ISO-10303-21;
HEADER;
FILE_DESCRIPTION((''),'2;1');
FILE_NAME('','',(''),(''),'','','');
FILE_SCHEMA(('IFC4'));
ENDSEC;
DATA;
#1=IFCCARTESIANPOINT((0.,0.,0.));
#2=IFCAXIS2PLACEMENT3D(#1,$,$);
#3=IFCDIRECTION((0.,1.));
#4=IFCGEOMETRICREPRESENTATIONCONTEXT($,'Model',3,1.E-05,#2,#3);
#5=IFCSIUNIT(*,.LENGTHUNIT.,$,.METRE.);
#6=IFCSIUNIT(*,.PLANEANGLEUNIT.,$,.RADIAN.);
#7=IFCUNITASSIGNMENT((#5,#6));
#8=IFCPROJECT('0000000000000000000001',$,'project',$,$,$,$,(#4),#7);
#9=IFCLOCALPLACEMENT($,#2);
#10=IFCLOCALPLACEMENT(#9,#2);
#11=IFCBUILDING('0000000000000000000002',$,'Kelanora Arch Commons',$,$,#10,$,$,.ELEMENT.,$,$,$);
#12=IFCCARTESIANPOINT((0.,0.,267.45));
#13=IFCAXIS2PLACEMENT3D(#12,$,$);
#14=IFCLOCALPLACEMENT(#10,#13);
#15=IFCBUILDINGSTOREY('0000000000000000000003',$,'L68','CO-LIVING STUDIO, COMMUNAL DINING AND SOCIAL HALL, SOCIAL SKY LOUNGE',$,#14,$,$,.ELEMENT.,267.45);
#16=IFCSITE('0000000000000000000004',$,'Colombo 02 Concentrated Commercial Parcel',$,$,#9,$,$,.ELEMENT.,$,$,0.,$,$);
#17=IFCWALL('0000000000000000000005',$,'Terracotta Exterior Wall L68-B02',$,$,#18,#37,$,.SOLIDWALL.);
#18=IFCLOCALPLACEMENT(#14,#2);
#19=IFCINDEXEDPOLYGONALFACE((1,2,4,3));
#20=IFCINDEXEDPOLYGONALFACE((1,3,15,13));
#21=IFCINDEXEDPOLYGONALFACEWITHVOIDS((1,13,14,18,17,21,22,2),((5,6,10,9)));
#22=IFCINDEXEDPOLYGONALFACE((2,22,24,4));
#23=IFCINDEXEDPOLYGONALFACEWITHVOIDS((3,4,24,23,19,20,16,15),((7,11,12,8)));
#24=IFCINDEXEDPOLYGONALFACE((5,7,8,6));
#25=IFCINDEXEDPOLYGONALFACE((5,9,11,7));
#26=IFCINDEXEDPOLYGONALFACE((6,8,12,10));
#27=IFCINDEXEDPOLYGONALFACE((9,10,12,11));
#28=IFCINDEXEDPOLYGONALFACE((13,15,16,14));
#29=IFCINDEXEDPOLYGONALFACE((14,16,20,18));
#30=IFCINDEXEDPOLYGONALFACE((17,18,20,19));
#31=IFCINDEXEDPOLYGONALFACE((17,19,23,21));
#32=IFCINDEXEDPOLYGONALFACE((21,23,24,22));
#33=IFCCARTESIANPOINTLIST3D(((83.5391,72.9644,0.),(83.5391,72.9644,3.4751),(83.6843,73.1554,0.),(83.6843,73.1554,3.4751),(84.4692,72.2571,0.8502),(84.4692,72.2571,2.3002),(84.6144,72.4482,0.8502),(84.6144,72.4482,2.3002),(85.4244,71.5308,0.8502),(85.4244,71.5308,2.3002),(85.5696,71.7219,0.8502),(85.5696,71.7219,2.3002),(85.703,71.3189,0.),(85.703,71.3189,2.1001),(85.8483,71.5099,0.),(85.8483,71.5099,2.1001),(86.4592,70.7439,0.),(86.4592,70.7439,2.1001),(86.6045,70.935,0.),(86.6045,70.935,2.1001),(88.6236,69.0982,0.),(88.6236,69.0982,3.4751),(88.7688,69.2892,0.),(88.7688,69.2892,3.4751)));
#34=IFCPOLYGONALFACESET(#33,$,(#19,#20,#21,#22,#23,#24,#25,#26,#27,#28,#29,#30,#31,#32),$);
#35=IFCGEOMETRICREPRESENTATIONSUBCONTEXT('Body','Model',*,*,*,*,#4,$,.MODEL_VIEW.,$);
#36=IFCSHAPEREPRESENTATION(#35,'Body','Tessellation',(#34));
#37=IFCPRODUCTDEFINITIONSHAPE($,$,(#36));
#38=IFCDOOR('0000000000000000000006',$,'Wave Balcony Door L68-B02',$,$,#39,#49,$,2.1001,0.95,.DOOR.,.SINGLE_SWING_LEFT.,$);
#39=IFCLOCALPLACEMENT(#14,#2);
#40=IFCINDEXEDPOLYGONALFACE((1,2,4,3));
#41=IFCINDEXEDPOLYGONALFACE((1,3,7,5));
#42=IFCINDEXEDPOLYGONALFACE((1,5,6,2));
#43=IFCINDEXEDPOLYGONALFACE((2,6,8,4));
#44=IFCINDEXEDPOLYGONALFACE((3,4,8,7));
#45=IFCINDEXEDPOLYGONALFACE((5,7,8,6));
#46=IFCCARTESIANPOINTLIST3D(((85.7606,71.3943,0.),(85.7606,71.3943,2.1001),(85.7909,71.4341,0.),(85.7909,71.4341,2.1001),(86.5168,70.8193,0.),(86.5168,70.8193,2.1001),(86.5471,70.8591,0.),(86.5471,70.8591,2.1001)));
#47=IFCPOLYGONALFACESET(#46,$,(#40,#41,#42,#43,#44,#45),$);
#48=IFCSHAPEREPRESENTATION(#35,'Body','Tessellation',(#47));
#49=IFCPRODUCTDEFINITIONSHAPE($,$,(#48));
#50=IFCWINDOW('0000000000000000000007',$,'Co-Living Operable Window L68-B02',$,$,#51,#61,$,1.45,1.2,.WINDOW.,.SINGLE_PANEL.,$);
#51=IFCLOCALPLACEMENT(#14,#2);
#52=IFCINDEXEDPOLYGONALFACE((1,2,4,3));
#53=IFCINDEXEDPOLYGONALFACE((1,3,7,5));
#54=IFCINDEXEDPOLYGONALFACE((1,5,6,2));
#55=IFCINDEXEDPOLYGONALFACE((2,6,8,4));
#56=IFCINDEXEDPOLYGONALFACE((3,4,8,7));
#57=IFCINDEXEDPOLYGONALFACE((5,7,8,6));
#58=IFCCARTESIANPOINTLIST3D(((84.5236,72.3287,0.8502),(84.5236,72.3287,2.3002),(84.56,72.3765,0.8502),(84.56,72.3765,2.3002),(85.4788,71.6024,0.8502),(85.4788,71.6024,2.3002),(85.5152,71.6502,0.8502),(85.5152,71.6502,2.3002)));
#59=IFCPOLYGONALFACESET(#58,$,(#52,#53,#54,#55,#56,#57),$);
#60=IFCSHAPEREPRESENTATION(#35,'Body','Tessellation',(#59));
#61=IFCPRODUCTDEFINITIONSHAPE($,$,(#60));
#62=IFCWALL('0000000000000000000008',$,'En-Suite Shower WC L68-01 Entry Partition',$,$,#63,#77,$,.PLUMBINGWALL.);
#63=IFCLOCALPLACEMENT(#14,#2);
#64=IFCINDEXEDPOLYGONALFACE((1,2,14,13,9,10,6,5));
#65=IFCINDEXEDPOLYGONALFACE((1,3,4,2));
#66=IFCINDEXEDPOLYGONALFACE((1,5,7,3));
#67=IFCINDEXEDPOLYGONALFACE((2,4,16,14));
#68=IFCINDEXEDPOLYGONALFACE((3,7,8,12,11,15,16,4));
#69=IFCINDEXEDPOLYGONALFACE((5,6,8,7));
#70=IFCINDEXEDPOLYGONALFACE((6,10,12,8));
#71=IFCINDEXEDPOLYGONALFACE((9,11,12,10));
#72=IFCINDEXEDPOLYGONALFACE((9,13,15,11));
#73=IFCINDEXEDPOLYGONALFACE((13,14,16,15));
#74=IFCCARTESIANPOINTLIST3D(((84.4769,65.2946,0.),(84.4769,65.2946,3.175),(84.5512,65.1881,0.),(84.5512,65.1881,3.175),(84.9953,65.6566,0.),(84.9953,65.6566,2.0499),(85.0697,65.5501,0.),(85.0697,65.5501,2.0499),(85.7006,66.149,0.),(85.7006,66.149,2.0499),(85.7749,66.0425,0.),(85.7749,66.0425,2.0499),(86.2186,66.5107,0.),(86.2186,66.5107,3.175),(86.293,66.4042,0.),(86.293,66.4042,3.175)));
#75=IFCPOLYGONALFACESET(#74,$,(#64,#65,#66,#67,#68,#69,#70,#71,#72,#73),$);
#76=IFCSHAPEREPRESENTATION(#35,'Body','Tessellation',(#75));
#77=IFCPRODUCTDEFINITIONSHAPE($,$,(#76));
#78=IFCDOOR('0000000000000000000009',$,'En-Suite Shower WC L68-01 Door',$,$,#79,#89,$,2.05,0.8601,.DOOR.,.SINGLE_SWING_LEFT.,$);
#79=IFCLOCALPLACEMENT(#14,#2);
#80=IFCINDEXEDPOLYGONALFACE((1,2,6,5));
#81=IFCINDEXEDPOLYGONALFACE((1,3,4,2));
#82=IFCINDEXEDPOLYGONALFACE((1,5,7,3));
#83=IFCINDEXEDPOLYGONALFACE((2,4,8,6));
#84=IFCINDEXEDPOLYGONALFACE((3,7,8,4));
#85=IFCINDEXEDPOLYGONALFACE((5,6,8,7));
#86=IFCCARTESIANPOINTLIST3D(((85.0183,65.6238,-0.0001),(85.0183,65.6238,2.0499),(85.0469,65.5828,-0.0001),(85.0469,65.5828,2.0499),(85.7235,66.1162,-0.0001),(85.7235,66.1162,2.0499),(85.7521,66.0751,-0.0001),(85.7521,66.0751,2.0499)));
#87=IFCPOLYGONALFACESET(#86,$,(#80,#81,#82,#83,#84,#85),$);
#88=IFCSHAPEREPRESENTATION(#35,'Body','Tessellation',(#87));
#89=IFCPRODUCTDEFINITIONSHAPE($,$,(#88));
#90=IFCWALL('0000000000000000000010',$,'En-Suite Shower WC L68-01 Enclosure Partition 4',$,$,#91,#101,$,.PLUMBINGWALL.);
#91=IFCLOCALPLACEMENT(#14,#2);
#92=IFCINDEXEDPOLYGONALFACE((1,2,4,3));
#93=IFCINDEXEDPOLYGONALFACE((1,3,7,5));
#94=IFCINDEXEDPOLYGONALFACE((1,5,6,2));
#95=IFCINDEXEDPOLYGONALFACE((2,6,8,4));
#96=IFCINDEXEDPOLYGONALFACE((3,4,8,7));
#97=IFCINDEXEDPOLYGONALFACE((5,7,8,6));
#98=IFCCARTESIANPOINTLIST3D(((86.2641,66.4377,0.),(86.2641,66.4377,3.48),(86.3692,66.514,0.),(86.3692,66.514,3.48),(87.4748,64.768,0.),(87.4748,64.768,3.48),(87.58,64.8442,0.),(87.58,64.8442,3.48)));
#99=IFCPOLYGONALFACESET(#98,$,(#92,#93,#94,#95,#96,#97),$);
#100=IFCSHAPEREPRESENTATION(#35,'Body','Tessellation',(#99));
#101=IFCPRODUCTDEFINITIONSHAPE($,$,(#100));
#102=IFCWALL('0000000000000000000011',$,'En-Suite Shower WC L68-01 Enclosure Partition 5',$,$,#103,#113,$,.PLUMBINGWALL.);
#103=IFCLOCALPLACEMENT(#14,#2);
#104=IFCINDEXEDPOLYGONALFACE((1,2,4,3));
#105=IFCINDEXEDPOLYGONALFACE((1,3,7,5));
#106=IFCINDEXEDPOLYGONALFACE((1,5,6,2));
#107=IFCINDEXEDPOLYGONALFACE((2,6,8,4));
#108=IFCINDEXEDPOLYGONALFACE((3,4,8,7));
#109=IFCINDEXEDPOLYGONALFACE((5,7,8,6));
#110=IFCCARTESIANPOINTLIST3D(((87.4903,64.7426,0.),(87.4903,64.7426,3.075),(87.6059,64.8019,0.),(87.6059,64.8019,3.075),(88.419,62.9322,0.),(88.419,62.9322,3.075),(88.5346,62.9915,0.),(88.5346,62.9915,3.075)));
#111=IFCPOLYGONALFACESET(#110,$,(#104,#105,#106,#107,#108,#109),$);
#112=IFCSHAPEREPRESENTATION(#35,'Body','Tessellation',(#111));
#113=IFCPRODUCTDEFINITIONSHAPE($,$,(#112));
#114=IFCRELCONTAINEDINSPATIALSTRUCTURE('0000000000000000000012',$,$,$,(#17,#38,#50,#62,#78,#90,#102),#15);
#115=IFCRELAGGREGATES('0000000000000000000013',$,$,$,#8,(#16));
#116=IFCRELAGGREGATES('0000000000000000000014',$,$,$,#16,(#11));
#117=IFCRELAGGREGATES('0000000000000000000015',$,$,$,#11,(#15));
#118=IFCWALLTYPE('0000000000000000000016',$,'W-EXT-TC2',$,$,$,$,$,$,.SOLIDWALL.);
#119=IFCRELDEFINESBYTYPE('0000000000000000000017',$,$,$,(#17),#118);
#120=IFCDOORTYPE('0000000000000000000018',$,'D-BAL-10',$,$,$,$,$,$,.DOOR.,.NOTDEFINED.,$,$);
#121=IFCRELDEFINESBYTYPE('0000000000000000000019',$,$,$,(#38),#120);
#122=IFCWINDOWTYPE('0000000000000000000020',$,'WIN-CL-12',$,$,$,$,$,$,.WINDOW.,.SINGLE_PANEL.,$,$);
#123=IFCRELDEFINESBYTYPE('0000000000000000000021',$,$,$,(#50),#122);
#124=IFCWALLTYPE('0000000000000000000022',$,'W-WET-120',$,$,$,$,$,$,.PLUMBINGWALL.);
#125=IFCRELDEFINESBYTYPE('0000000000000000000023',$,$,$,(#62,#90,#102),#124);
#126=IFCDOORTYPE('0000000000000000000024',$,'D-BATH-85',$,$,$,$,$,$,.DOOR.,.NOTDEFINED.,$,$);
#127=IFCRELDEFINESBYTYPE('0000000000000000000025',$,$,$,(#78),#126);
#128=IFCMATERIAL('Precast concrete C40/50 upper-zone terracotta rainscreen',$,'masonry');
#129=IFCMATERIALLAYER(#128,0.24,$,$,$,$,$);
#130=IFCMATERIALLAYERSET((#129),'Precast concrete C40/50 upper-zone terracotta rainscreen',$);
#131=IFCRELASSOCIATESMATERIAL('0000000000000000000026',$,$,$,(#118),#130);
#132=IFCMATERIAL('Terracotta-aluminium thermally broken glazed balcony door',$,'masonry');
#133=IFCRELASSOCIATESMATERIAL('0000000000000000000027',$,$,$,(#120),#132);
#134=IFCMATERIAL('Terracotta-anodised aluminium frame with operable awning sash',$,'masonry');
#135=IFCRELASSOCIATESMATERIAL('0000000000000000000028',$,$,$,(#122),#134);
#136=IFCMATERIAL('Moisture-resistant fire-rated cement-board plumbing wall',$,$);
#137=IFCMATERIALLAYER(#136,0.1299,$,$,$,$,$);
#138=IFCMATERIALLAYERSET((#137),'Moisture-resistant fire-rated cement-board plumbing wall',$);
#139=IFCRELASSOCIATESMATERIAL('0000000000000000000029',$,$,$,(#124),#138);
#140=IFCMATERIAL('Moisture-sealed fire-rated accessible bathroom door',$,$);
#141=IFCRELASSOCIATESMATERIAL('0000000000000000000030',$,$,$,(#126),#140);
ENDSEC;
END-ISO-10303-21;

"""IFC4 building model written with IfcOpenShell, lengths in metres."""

from ifc_helpers import new_model, si_unit, direction, frame, frame_2d, origin, place, context, subcontext, project, spatial, rectangle, extrude, material, layer, layer_set, type_object, element, fill, save


model = new_model("IFC4")

# Units and contexts
model_context = context("Model", 3, precision=1e-05, world=origin(), true_north=direction((0.0, 1.0)))
body_context = subcontext(model_context, "Body", "Model", "MODEL_VIEW")
ifc_project = project(units=[si_unit("LENGTHUNIT", "METRE"), si_unit("PLANEANGLEUNIT", "RADIAN")], contexts=[model_context])

# Site, building, storey
site_placement = place(None, origin())
site = spatial("IfcSite", under=ifc_project, at=site_placement, Name="Colombo 02 Concentrated Commercial Parcel", CompositionType="ELEMENT", RefElevation=0.0)
building_placement = place(site_placement, origin())
building = spatial("IfcBuilding", under=site, at=building_placement, Name="Kelanora Arch Commons", CompositionType="ELEMENT")
storey_placement = place(building_placement, frame((0.0, 0.0, 267.45)))
storey = spatial("IfcBuildingStorey", under=building, at=storey_placement, Name="L68", Description="CO-LIVING STUDIO, COMMUNAL DINING AND SOCIAL HALL, SOCIAL SKY LOUNGE", CompositionType="ELEMENT", Elevation=267.45)

# Wall, openings, door, window
ifc_material_1 = material(Name="Precast concrete C40/50 upper-zone terracotta rainscreen", Category="masonry")
ifc_layer_1 = layer(ifc_material_1, 0.24)
ifc_layer_set_1 = layer_set([ifc_layer_1], Name="Precast concrete C40/50 upper-zone terracotta rainscreen")
wall_type_1 = type_object("IfcWallType", Name="W-EXT-TC2", PredefinedType="SOLIDWALL", material=ifc_layer_set_1)
ifc_material_2 = material(Name="Terracotta-aluminium thermally broken glazed balcony door", Category="masonry")
door_type_1 = type_object("IfcDoorType", Name="D-BAL-10", OperationType="NOTDEFINED", PredefinedType="DOOR", material=ifc_material_2)
ifc_material_3 = material(Name="Terracotta-anodised aluminium frame with operable awning sash", Category="masonry")
window_type = type_object("IfcWindowType", Name="WIN-CL-12", PartitioningType="SINGLE_PANEL", PredefinedType="WINDOW", material=ifc_material_3)
wall_1_placement = place(storey_placement, frame((88.6963, 69.1936, 0.0), z_axis=(0.0, 0.0, 1.0), x_axis=(-0.79601, 0.605283, 0.0)))
wall_1 = element("IfcWall", 1, at=wall_1_placement, inside=storey, type_object=wall_type_1, Name="Terracotta Exterior Wall L68-B02", PredefinedType="SOLIDWALL", context=body_context, shape_type="SweptSolid", body=[
    extrude(rectangle(XDim=6.3875, YDim=0.24, at=frame_2d((3.1938, 0.0))), origin(), (0.0, 0.0, 1.0), 3.4751),
])
opening_1_placement = place(wall_1_placement, frame((2.719, 0.0, 0.0)))
opening_1 = element("IfcOpeningElement", 2, at=opening_1_placement, cuts=wall_1, PredefinedType="OPENING", context=body_context, shape_type="SweptSolid", body=[
    extrude(rectangle(XDim=0.95, YDim=2.1001, at=frame_2d((0.4751, 1.05))), frame((0.0, 0.1299, 0.0), z_axis=(0.0, -1.0, 0.0), x_axis=(1.0, 0.0, 0.0)), (0.0, 0.0, 1.0), 0.26),
])
opening_2_placement = place(wall_1_placement, frame((4.019, 0.0, 0.8501)))
opening_2 = element("IfcOpeningElement", 3, at=opening_2_placement, cuts=wall_1, PredefinedType="OPENING", context=body_context, shape_type="SweptSolid", body=[
    extrude(rectangle(XDim=1.2, YDim=1.45, at=frame_2d((0.6001, 0.7251))), frame((0.0, 0.1299, 0.0), z_axis=(0.0, -1.0, 0.0), x_axis=(1.0, 0.0, 0.0)), (0.0, 0.0, 1.0), 0.26),
])
door_1_placement = place(opening_1_placement, frame((0.95, 0.0, 0.0), z_axis=(0.0, 0.0, 1.0), x_axis=(-1.0, 0.0, 0.0)))
door_1 = element("IfcDoor", 4, at=door_1_placement, inside=storey, type_object=door_type_1, Name="Wave Balcony Door L68-B02", OperationType="SINGLE_SWING_LEFT", OverallHeight=2.1001, OverallWidth=0.95, PredefinedType="DOOR", context=body_context, shape_type="SweptSolid", body=[
    extrude(rectangle(XDim=0.95, YDim=2.1001, at=frame_2d((0.4751, 1.05))), frame((0.0, 0.0249, 0.0), z_axis=(0.0, -1.0, 0.0), x_axis=(1.0, 0.0, 0.0)), (0.0, 0.0, 1.0), 0.05),
])
fill(opening_1, door_1)
window_1_placement = place(opening_2_placement, origin())
window_1 = element("IfcWindow", 5, at=window_1_placement, inside=storey, type_object=window_type, Name="Co-Living Operable Window L68-B02", OverallHeight=1.45, OverallWidth=1.2, PartitioningType="SINGLE_PANEL", PredefinedType="WINDOW", context=body_context, shape_type="SweptSolid", body=[
    extrude(rectangle(XDim=1.2, YDim=1.45, at=frame_2d((0.6001, 0.7251))), frame((0.0, 0.03, 0.0), z_axis=(0.0, -1.0, 0.0), x_axis=(1.0, 0.0, 0.0)), (0.0, 0.0, 1.0), 0.0601),
])
fill(opening_2, window_1)

# Wall, opening, door
ifc_material_4 = material(Name="Moisture-resistant fire-rated cement-board plumbing wall")
ifc_layer_2 = layer(ifc_material_4, 0.1299)
ifc_layer_set_2 = layer_set([ifc_layer_2], Name="Moisture-resistant fire-rated cement-board plumbing wall")
wall_type_2 = type_object("IfcWallType", Name="W-WET-120", PredefinedType="PLUMBINGWALL", material=ifc_layer_set_2)
wall_2_placement = place(storey_placement, frame((84.5142, 65.2415, 0.0), z_axis=(0.0, 0.0, 1.0), x_axis=(0.819922, 0.572475, 0.0)))
wall_2 = element("IfcWall", 6, at=wall_2_placement, inside=storey, type_object=wall_type_2, Name="En-Suite Shower WC L68-01 Entry Partition", PredefinedType="PLUMBINGWALL", context=body_context, shape_type="SweptSolid", body=[
    extrude(rectangle(XDim=2.1243, YDim=0.1299, at=frame_2d((1.062, 0.0))), origin(), (0.0, 0.0, 1.0), 3.175),
])
opening_3_placement = place(wall_2_placement, frame((0.6321, 0.0, 0.0)))
opening_3 = element("IfcOpeningElement", 7, at=opening_3_placement, cuts=wall_2, PredefinedType="OPENING", context=body_context, shape_type="SweptSolid", body=[
    extrude(rectangle(XDim=0.8601, YDim=2.05, at=frame_2d((0.4302, 1.0249))), frame((0.0, 0.075, 0.0), z_axis=(0.0, -1.0, 0.0), x_axis=(1.0, 0.0, 0.0)), (0.0, 0.0, 1.0), 0.1499),
])
ifc_material_5 = material(Name="Moisture-sealed fire-rated accessible bathroom door")
door_type_2 = type_object("IfcDoorType", Name="D-BATH-85", OperationType="NOTDEFINED", PredefinedType="DOOR", material=ifc_material_5)
door_2_placement = place(opening_3_placement, origin())
door_2 = element("IfcDoor", 8, at=door_2_placement, inside=storey, type_object=door_type_2, Name="En-Suite Shower WC L68-01 Door", OperationType="SINGLE_SWING_LEFT", OverallHeight=2.05, OverallWidth=0.8601, PredefinedType="DOOR", context=body_context, shape_type="SweptSolid", body=[
    extrude(rectangle(XDim=0.8601, YDim=2.05, at=frame_2d((0.4302, 1.0249))), frame((0.0, 0.0249, 0.0), z_axis=(0.0, -1.0, 0.0), x_axis=(1.0, 0.0, 0.0)), (0.0, 0.0, 1.0), 0.05),
])
fill(opening_3, door_2)

# Walls
wall_3_placement = place(storey_placement, frame((86.3167, 66.4758, 0.0), z_axis=(0.0, 0.0, 1.0), x_axis=(0.587024, -0.80957, 0.0)))
element("IfcWall", 9, at=wall_3_placement, inside=storey, type_object=wall_type_2, Name="En-Suite Shower WC L68-01 Enclosure Partition 4", PredefinedType="PLUMBINGWALL", context=body_context, shape_type="SweptSolid", body=[
    extrude(rectangle(XDim=2.0625, YDim=0.1299, at=frame_2d((1.0312, 0.0))), origin(), (0.0, 0.0, 1.0), 3.48),
])
wall_4_placement = place(storey_placement, frame((87.5481, 64.7722, 0.0), z_axis=(0.0, 0.0, 1.0), x_axis=(0.456453, -0.889747, 0.0)))
element("IfcWall", 10, at=wall_4_placement, inside=storey, type_object=wall_type_2, Name="En-Suite Shower WC L68-01 Enclosure Partition 5", PredefinedType="PLUMBINGWALL", context=body_context, shape_type="SweptSolid", body=[
    extrude(rectangle(XDim=2.0347, YDim=0.1299, at=frame_2d((1.0173, 0.0))), origin(), (0.0, 0.0, 1.0), 3.075),
])

save(model, "model.ifc")
